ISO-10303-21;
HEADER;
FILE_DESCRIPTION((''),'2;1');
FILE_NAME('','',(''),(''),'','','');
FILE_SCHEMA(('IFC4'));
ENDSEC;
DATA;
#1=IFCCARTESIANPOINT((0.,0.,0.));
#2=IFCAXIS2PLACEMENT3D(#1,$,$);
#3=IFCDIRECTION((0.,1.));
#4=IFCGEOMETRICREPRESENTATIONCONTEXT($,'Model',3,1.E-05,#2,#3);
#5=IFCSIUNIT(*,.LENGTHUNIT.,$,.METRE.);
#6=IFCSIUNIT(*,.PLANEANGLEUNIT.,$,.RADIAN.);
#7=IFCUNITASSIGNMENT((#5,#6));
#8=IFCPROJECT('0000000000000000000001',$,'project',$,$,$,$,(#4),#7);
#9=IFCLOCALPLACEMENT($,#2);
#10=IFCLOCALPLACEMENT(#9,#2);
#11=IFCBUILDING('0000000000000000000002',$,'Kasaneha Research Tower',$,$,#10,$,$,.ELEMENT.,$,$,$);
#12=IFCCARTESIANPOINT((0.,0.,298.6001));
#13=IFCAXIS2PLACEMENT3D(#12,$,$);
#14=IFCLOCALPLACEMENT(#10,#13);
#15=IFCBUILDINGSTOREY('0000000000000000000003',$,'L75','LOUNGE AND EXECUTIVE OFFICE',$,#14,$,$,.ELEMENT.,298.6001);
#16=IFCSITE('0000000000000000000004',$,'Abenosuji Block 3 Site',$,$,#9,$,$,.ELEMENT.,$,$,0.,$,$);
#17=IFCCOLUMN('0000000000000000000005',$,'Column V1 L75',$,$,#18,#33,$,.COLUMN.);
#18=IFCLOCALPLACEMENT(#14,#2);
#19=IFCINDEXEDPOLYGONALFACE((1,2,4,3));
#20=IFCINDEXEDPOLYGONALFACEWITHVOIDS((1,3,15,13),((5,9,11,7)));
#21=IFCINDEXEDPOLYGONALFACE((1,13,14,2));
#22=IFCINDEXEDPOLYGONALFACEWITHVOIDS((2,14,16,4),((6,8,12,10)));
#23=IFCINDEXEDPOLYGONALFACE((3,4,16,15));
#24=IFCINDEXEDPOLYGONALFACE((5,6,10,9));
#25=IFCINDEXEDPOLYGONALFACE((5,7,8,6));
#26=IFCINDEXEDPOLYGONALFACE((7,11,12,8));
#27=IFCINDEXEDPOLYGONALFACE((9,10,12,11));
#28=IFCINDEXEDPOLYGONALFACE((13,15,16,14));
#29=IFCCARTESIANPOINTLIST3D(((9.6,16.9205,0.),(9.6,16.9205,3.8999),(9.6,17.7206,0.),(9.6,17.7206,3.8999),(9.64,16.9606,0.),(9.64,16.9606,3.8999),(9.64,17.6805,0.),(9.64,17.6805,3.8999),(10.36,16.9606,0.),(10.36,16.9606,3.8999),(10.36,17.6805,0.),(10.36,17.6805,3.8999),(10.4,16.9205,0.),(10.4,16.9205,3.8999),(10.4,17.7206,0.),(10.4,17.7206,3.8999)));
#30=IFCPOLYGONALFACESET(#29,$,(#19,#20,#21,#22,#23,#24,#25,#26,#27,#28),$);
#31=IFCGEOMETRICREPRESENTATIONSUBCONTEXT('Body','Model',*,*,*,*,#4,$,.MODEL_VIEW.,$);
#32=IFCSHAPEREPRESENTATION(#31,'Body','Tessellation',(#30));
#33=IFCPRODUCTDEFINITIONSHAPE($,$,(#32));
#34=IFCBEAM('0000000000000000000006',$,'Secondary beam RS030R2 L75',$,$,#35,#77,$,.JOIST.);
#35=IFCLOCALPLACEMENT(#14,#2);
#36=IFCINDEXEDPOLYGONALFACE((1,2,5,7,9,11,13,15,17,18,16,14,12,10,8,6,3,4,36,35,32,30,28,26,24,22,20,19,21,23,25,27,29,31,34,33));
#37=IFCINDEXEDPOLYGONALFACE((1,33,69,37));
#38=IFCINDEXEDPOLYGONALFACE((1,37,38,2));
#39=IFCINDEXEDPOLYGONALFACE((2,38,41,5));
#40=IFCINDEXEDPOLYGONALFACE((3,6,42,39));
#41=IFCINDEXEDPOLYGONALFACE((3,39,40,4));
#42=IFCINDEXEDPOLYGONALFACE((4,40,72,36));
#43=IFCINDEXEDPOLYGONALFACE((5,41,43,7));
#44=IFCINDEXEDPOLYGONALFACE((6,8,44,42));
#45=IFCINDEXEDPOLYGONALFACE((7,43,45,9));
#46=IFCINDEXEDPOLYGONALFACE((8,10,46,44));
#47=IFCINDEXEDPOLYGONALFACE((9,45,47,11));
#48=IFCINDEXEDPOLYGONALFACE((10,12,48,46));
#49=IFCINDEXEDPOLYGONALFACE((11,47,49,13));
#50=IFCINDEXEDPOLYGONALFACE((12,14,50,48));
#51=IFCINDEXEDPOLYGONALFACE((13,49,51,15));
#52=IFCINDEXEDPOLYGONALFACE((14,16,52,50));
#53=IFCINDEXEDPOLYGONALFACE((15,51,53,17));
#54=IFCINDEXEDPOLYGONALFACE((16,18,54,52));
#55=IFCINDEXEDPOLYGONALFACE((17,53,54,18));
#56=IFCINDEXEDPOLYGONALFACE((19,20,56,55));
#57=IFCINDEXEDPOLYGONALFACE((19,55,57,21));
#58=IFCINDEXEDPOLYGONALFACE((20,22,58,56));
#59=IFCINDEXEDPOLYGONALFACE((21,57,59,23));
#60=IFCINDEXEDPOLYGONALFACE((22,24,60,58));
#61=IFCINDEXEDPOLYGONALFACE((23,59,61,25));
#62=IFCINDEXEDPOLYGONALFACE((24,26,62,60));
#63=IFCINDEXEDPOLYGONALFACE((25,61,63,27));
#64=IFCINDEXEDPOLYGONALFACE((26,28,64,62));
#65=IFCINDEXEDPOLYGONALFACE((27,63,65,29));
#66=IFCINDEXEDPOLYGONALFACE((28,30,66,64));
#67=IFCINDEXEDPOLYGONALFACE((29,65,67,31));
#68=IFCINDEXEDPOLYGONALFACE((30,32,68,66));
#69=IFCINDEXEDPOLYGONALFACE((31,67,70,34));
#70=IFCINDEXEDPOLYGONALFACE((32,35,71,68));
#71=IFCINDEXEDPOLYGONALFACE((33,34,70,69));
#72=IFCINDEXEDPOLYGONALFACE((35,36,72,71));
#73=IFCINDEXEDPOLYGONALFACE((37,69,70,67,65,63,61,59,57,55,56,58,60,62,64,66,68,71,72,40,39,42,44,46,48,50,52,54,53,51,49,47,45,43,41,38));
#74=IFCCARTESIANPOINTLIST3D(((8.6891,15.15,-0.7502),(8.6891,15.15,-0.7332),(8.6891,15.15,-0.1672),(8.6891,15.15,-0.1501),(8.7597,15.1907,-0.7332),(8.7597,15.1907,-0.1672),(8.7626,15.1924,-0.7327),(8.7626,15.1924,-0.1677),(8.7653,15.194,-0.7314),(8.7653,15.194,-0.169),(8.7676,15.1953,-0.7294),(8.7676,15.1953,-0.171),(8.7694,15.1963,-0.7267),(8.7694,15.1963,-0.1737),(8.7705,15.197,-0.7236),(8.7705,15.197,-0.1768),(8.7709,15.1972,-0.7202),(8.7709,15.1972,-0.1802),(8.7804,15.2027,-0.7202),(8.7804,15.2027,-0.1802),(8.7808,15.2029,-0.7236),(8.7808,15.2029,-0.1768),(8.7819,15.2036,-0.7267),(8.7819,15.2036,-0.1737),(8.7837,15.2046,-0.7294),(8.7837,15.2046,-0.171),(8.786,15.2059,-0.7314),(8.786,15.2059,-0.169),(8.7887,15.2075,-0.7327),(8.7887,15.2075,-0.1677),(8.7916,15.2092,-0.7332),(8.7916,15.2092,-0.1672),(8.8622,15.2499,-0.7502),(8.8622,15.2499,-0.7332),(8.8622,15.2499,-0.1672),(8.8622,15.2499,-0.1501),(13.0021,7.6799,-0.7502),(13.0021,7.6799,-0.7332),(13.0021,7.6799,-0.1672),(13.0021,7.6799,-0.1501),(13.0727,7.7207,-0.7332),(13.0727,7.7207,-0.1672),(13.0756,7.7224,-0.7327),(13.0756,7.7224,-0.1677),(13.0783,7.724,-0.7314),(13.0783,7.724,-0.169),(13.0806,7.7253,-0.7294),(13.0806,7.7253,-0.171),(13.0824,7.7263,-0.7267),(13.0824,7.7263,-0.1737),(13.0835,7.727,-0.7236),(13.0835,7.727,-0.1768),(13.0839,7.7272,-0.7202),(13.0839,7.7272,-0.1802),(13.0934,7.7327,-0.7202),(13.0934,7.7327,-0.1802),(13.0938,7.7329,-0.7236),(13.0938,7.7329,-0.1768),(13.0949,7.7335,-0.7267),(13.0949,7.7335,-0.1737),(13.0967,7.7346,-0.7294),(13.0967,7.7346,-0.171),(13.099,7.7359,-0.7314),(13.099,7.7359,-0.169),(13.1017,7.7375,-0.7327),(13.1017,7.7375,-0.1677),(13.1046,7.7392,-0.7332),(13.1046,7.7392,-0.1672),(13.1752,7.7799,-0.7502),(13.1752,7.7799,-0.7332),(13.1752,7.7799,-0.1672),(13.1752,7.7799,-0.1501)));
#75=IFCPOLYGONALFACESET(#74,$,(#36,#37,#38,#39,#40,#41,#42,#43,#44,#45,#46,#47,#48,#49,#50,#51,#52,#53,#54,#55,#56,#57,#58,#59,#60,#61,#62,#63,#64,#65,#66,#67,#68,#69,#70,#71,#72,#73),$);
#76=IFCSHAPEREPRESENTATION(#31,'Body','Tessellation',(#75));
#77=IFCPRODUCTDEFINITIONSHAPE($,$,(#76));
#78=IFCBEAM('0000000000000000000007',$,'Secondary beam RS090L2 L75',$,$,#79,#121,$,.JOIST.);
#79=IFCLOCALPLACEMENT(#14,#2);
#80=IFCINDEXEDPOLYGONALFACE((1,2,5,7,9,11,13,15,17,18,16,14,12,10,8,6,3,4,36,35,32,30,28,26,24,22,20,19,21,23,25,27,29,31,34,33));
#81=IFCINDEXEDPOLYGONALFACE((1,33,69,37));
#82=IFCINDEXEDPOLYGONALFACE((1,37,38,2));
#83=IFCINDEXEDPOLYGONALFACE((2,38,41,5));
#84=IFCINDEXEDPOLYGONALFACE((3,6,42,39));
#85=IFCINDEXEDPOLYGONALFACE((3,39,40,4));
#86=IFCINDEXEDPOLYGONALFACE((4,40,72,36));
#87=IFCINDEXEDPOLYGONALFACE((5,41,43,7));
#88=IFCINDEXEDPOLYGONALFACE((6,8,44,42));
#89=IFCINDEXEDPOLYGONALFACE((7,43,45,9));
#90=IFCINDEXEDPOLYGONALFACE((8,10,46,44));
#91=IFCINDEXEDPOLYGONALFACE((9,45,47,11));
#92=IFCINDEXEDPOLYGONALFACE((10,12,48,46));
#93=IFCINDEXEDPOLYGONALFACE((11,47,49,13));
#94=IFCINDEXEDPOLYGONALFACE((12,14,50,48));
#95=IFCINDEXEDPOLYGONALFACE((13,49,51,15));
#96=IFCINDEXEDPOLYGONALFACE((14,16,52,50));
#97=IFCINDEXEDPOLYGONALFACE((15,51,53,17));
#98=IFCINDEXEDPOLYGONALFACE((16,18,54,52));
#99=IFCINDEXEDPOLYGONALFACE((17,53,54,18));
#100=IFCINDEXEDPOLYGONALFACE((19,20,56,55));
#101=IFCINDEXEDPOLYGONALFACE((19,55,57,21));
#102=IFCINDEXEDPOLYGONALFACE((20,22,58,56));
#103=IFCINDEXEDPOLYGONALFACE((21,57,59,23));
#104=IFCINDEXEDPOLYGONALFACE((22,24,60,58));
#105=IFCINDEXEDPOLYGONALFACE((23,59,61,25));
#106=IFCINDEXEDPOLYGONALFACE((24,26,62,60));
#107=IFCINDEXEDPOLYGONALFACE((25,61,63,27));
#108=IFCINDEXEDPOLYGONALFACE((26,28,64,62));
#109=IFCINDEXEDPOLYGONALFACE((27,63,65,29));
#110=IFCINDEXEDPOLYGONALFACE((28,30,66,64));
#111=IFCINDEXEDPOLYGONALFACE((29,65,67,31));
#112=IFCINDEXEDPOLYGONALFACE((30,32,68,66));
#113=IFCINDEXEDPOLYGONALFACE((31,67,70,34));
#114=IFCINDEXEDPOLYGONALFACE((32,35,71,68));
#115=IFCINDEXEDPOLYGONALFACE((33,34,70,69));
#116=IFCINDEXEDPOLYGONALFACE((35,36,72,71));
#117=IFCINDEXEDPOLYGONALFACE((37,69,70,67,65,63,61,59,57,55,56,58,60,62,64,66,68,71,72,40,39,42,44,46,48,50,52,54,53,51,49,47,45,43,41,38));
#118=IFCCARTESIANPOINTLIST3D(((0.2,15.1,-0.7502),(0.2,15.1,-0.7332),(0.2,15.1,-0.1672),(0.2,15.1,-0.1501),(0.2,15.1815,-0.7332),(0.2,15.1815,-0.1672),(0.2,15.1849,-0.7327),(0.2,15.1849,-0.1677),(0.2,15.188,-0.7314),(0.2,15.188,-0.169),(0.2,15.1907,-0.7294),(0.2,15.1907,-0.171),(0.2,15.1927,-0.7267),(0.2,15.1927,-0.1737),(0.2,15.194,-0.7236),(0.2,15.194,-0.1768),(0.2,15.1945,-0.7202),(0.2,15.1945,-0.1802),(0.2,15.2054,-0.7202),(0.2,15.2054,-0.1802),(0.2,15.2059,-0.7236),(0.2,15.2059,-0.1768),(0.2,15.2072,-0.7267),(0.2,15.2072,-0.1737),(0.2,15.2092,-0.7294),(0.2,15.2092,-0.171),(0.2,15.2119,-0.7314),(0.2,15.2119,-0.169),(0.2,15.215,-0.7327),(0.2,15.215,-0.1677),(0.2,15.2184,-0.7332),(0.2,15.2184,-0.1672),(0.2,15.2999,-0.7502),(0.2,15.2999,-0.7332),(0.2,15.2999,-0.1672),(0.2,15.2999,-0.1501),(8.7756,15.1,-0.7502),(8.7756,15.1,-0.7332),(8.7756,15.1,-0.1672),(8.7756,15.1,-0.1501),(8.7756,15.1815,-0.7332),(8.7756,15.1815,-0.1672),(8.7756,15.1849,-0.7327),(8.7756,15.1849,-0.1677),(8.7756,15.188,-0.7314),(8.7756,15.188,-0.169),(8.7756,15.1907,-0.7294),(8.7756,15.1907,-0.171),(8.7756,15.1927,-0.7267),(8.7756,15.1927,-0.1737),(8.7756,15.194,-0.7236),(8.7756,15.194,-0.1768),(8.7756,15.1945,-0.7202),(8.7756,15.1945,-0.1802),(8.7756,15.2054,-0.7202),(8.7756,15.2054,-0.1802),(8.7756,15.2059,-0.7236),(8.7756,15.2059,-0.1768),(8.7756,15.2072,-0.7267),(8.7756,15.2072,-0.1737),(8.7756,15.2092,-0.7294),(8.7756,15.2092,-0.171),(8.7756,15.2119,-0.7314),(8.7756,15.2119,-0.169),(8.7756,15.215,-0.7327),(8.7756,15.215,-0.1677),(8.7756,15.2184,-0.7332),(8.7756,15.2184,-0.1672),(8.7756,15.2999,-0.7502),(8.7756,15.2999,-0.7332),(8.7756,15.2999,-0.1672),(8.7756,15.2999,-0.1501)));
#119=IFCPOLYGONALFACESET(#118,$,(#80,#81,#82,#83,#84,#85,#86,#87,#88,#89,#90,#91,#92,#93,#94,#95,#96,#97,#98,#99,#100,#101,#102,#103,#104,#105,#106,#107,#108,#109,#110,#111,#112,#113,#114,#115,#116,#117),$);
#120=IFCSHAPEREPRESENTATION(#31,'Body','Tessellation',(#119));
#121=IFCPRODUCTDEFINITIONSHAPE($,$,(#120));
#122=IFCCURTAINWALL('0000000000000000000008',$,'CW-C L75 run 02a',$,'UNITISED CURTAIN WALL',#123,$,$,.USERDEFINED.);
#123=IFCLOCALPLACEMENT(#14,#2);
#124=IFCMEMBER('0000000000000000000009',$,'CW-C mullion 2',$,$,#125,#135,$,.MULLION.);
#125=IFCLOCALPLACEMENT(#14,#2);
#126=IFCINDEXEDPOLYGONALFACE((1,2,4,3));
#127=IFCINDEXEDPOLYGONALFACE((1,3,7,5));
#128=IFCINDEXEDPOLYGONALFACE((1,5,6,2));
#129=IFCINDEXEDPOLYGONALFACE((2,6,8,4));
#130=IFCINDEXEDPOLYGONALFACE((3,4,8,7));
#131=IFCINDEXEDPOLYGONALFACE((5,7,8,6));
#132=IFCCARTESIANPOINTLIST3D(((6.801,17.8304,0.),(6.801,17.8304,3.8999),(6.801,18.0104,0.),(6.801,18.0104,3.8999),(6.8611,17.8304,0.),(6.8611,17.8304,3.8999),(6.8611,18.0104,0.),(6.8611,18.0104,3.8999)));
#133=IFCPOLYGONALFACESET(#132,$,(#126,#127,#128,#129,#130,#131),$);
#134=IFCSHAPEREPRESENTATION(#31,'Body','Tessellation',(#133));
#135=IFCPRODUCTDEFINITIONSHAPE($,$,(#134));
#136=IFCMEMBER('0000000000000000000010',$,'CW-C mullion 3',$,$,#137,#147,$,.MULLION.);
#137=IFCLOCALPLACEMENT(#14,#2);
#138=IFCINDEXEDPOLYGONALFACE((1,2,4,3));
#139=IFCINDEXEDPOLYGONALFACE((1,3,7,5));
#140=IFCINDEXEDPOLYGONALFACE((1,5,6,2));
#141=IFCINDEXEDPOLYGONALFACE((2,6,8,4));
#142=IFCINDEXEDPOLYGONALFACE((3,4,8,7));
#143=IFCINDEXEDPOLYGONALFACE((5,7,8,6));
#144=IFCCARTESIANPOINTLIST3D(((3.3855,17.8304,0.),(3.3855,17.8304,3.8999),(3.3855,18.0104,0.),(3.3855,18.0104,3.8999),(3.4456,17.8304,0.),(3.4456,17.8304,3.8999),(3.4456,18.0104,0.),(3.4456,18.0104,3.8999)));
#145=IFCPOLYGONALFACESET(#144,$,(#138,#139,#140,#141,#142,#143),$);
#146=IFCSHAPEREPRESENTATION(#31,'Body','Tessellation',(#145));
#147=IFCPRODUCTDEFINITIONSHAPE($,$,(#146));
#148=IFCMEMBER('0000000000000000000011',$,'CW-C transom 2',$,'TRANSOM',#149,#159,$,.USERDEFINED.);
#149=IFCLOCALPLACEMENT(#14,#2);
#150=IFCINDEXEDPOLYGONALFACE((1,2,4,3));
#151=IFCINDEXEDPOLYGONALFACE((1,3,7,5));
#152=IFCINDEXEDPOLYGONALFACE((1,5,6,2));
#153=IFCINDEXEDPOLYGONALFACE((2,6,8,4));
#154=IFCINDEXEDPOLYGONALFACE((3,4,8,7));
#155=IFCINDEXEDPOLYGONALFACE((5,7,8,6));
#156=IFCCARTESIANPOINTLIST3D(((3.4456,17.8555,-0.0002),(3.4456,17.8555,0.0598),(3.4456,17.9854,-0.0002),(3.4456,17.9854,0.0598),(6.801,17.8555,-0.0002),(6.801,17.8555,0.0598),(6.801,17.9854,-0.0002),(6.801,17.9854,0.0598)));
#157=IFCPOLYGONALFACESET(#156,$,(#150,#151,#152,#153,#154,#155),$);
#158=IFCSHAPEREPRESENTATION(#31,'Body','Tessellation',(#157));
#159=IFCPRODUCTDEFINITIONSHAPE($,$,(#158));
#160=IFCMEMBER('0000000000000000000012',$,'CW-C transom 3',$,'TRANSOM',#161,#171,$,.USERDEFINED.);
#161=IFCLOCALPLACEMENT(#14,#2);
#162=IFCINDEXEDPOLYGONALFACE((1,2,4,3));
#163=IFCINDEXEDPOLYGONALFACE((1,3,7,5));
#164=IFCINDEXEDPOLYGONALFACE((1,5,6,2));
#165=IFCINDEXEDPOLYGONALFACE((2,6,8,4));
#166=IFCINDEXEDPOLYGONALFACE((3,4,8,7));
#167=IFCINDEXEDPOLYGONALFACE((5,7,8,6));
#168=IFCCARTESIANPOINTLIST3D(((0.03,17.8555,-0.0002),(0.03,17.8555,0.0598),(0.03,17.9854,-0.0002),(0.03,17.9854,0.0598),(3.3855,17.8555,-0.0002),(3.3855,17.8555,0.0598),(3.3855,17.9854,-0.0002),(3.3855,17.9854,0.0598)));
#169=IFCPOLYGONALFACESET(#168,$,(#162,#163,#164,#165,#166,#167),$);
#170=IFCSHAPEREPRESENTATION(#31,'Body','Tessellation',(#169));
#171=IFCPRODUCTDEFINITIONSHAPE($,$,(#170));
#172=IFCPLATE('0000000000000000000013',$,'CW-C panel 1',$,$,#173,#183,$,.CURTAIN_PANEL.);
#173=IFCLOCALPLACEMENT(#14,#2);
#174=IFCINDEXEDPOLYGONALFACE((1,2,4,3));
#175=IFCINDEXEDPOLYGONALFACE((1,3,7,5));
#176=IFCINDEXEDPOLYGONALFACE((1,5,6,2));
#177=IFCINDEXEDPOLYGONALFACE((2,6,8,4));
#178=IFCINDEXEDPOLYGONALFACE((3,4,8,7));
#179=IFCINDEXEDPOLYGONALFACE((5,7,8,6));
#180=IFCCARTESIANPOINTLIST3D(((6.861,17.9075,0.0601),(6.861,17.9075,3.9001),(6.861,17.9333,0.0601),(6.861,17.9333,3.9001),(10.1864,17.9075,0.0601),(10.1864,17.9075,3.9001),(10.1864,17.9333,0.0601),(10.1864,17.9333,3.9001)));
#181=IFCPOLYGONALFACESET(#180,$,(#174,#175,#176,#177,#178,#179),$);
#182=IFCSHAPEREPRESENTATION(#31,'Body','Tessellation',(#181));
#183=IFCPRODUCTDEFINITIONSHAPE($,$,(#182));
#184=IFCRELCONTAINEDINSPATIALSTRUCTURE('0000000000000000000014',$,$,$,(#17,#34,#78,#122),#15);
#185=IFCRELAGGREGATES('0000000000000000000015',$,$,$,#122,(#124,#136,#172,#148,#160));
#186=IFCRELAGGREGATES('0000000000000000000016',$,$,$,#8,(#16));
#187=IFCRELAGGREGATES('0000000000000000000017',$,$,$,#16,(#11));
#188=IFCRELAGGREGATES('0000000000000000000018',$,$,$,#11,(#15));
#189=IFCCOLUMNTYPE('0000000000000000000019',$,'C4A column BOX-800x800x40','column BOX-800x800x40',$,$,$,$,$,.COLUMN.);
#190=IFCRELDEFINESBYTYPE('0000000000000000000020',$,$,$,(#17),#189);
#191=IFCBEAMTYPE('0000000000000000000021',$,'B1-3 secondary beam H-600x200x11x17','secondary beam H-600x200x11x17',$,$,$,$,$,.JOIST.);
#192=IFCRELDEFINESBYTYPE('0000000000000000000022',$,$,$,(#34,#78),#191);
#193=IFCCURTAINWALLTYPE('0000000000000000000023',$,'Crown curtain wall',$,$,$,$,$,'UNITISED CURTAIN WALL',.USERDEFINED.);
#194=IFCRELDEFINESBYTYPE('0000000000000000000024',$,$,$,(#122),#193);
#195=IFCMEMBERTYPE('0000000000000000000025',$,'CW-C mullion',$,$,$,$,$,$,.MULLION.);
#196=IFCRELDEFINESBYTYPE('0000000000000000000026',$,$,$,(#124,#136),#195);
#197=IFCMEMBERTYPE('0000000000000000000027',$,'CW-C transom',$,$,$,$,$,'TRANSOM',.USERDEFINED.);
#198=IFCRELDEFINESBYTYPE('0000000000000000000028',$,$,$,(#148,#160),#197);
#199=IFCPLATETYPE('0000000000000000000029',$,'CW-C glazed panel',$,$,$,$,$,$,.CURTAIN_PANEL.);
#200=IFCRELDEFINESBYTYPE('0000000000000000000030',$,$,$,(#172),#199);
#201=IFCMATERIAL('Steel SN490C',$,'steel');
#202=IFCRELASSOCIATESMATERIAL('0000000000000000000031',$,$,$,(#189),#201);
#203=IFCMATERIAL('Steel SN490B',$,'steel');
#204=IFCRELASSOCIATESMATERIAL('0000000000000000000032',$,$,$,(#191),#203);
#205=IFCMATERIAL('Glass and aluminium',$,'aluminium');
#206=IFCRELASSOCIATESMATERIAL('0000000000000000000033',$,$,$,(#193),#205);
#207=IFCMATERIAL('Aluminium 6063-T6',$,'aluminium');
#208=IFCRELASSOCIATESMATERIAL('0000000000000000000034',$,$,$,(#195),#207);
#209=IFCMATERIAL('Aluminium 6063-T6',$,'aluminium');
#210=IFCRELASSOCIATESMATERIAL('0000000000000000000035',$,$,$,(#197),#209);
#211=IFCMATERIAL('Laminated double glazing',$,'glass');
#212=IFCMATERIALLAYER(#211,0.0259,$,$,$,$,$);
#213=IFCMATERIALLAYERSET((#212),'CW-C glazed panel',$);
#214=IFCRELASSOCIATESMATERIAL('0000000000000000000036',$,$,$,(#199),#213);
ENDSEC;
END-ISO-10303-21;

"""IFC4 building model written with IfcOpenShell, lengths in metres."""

from ifc_helpers import new_model, si_unit, direction, frame, origin, origin_2d, place, context, subcontext, project, spatial, rectangle, hollow_rectangle, i_section, extrude, material, layer, layer_set, material_profile, profile_set, type_object, element, aggregate, save


model = new_model("IFC4")

# Units and contexts
model_context = context("Model", 3, precision=1e-05, world=origin(), true_north=direction((0.0, 1.0)))
body_context = subcontext(model_context, "Body", "Model", "MODEL_VIEW")
ifc_project = project(units=[si_unit("LENGTHUNIT", "METRE"), si_unit("PLANEANGLEUNIT", "RADIAN")], contexts=[model_context])

# Site, building, storey
site_placement = place(None, origin())
site = spatial("IfcSite", under=ifc_project, at=site_placement, Name="Abenosuji Block 3 Site", CompositionType="ELEMENT", RefElevation=0.0)
building_placement = place(site_placement, origin())
building = spatial("IfcBuilding", under=site, at=building_placement, Name="Kasaneha Research Tower", CompositionType="ELEMENT")
storey_placement = place(building_placement, frame((0.0, 0.0, 298.6001)))
storey = spatial("IfcBuildingStorey", under=building, at=storey_placement, Name="L75", Description="LOUNGE AND EXECUTIVE OFFICE", CompositionType="ELEMENT", Elevation=298.6001)

# Column
ifc_material_1 = material(Name="Steel SN490C", Category="steel")
ifc_material_profile_1 = material_profile(ifc_material_1, hollow_rectangle(XDim=0.8, YDim=0.8, WallThickness=0.04, at=origin_2d()), Name="BOX-800x800x40")
ifc_profile_set_1 = profile_set([ifc_material_profile_1], Name="Steel SN490C")
column_type = type_object("IfcColumnType", Name="C4A column BOX-800x800x40", Description="column BOX-800x800x40", PredefinedType="COLUMN", material=ifc_profile_set_1)
column_placement = place(storey_placement, frame((10.0, 17.3206, 0.0), z_axis=(0.0, 0.0, 1.0), x_axis=(1.0, 0.0, 0.0)))
element("IfcColumn", 1, at=column_placement, inside=storey, type_object=column_type, Name="Column V1 L75", PredefinedType="COLUMN", context=body_context, shape_type="SweptSolid", body=[
    extrude(hollow_rectangle(XDim=0.8, YDim=0.8, WallThickness=0.04, at=origin_2d()), origin(), (0.0, 0.0, 1.0), 3.8999),
])

# Beams
ifc_material_2 = material(Name="Steel SN490B", Category="steel")
ifc_material_profile_2 = material_profile(ifc_material_2, i_section(OverallWidth=0.2, OverallDepth=0.6001, WebThickness=0.011, FlangeThickness=0.0171, FilletRadius=0.0129, at=origin_2d()), Name="H-600x200x11x17")
ifc_profile_set_2 = profile_set([ifc_material_profile_2], Name="Steel SN490B")
beam_type = type_object("IfcBeamType", Name="B1-3 secondary beam H-600x200x11x17", Description="secondary beam H-600x200x11x17", PredefinedType="JOIST", material=ifc_profile_set_2)
beam_1_placement = place(storey_placement, frame((8.7756, 15.2, -0.4502), z_axis=(0.500017, -0.866015, 0.0), x_axis=(0.866015, 0.500017, 0.0)))
element("IfcBeam", 2, at=beam_1_placement, inside=storey, type_object=beam_type, Name="Secondary beam RS030R2 L75", PredefinedType="JOIST", context=body_context, shape_type="SweptSolid", body=[
    extrude(i_section(OverallWidth=0.2, OverallDepth=0.6001, WebThickness=0.011, FlangeThickness=0.0171, FilletRadius=0.0129, at=origin_2d()), origin(), (0.0, 0.0, 1.0), 8.6257),
])
beam_2_placement = place(storey_placement, frame((8.7756, 15.2, -0.4502), z_axis=(-1.0, 0.0, 0.0), x_axis=(0.0, -1.0, 0.0)))
element("IfcBeam", 3, at=beam_2_placement, inside=storey, type_object=beam_type, Name="Secondary beam RS090L2 L75", PredefinedType="JOIST", context=body_context, shape_type="SweptSolid", body=[
    extrude(i_section(OverallWidth=0.2, OverallDepth=0.6001, WebThickness=0.011, FlangeThickness=0.0171, FilletRadius=0.0129, at=origin_2d()), origin(), (0.0, 0.0, 1.0), 8.5757),
])

# Curtain wall, members, plate
ifc_material_3 = material(Name="Glass and aluminium", Category="aluminium")
curtain_wall_type = type_object("IfcCurtainWallType", Name="Crown curtain wall", ElementType="UNITISED CURTAIN WALL", PredefinedType="USERDEFINED", material=ifc_material_3)
curtain_wall_placement = place(storey_placement, origin())
curtain_wall = element("IfcCurtainWall", 4, at=curtain_wall_placement, inside=storey, type_object=curtain_wall_type, Name="CW-C L75 run 02a", ObjectType="UNITISED CURTAIN WALL", PredefinedType="USERDEFINED")
ifc_material_4 = material(Name="Aluminium 6063-T6", Category="aluminium")
ifc_material_profile_3 = material_profile(ifc_material_4, rectangle(XDim=0.0601, YDim=0.1799, at=origin_2d()), Name="CW-C mullion 60x180")
ifc_profile_set_3 = profile_set([ifc_material_profile_3], Name="Aluminium 6063-T6")
member_type_1 = type_object("IfcMemberType", Name="CW-C mullion", PredefinedType="MULLION", material=ifc_profile_set_3)
member_1_placement = place(storey_placement, frame((6.8311, 17.9204, 0.0), z_axis=(0.0, 0.0, 1.0), x_axis=(-1.0, 0.0, 0.0)))
member_1 = element("IfcMember", 5, at=member_1_placement, type_object=member_type_1, Name="CW-C mullion 2", PredefinedType="MULLION", context=body_context, shape_type="SweptSolid", body=[
    extrude(rectangle(XDim=0.0601, YDim=0.1799, at=origin_2d()), origin(), (0.0, 0.0, 1.0), 3.8999),
])
member_2_placement = place(storey_placement, frame((3.4155, 17.9204, 0.0), z_axis=(0.0, 0.0, 1.0), x_axis=(-1.0, 0.0, 0.0)))
member_2 = element("IfcMember", 6, at=member_2_placement, type_object=member_type_1, Name="CW-C mullion 3", PredefinedType="MULLION", context=body_context, shape_type="SweptSolid", body=[
    extrude(rectangle(XDim=0.0601, YDim=0.1799, at=origin_2d()), origin(), (0.0, 0.0, 1.0), 3.8999),
])
ifc_material_5 = material(Name="Aluminium 6063-T6", Category="aluminium")
ifc_material_profile_4 = material_profile(ifc_material_5, rectangle(XDim=0.1299, YDim=0.0601, at=origin_2d()), Name="CW-C transom 130x60")
ifc_profile_set_4 = profile_set([ifc_material_profile_4], Name="Aluminium 6063-T6")
member_type_2 = type_object("IfcMemberType", Name="CW-C transom", ElementType="TRANSOM", PredefinedType="USERDEFINED", material=ifc_profile_set_4)
member_3_placement = place(storey_placement, frame((6.801, 17.9204, 0.0298), z_axis=(-1.0, 0.0, 0.0), x_axis=(0.0, -1.0, 0.0)))
member_3 = element("IfcMember", 7, at=member_3_placement, type_object=member_type_2, Name="CW-C transom 2", ObjectType="TRANSOM", PredefinedType="USERDEFINED", context=body_context, shape_type="SweptSolid", body=[
    extrude(rectangle(XDim=0.1299, YDim=0.0601, at=origin_2d()), origin(), (0.0, 0.0, 1.0), 3.3555),
])
member_4_placement = place(storey_placement, frame((3.3855, 17.9204, 0.0298), z_axis=(-1.0, 0.0, 0.0), x_axis=(0.0, -1.0, 0.0)))
member_4 = element("IfcMember", 8, at=member_4_placement, type_object=member_type_2, Name="CW-C transom 3", ObjectType="TRANSOM", PredefinedType="USERDEFINED", context=body_context, shape_type="SweptSolid", body=[
    extrude(rectangle(XDim=0.1299, YDim=0.0601, at=origin_2d()), origin(), (0.0, 0.0, 1.0), 3.3555),
])
ifc_material_6 = material(Name="Laminated double glazing", Category="glass")
ifc_layer_1 = layer(ifc_material_6, 0.0259)
ifc_layer_set_1 = layer_set([ifc_layer_1], Name="CW-C glazed panel")
plate_type = type_object("IfcPlateType", Name="CW-C glazed panel", PredefinedType="CURTAIN_PANEL", material=ifc_layer_set_1)
plate_1_placement = place(storey_placement, frame((8.5237, 17.9204, 0.0601), z_axis=(0.0, 0.0, 1.0), x_axis=(-1.0, 0.0, 0.0)))
plate_1 = element("IfcPlate", 9, at=plate_1_placement, type_object=plate_type, Name="CW-C panel 1", PredefinedType="CURTAIN_PANEL", context=body_context, shape_type="SweptSolid", body=[
    extrude(rectangle(XDim=3.3254, YDim=0.0259, at=origin_2d()), origin(), (0.0, 0.0, 1.0), 3.8401),
])
aggregate(curtain_wall, [member_1, member_2, plate_1, member_3, member_4])

save(model, "model.ifc")
